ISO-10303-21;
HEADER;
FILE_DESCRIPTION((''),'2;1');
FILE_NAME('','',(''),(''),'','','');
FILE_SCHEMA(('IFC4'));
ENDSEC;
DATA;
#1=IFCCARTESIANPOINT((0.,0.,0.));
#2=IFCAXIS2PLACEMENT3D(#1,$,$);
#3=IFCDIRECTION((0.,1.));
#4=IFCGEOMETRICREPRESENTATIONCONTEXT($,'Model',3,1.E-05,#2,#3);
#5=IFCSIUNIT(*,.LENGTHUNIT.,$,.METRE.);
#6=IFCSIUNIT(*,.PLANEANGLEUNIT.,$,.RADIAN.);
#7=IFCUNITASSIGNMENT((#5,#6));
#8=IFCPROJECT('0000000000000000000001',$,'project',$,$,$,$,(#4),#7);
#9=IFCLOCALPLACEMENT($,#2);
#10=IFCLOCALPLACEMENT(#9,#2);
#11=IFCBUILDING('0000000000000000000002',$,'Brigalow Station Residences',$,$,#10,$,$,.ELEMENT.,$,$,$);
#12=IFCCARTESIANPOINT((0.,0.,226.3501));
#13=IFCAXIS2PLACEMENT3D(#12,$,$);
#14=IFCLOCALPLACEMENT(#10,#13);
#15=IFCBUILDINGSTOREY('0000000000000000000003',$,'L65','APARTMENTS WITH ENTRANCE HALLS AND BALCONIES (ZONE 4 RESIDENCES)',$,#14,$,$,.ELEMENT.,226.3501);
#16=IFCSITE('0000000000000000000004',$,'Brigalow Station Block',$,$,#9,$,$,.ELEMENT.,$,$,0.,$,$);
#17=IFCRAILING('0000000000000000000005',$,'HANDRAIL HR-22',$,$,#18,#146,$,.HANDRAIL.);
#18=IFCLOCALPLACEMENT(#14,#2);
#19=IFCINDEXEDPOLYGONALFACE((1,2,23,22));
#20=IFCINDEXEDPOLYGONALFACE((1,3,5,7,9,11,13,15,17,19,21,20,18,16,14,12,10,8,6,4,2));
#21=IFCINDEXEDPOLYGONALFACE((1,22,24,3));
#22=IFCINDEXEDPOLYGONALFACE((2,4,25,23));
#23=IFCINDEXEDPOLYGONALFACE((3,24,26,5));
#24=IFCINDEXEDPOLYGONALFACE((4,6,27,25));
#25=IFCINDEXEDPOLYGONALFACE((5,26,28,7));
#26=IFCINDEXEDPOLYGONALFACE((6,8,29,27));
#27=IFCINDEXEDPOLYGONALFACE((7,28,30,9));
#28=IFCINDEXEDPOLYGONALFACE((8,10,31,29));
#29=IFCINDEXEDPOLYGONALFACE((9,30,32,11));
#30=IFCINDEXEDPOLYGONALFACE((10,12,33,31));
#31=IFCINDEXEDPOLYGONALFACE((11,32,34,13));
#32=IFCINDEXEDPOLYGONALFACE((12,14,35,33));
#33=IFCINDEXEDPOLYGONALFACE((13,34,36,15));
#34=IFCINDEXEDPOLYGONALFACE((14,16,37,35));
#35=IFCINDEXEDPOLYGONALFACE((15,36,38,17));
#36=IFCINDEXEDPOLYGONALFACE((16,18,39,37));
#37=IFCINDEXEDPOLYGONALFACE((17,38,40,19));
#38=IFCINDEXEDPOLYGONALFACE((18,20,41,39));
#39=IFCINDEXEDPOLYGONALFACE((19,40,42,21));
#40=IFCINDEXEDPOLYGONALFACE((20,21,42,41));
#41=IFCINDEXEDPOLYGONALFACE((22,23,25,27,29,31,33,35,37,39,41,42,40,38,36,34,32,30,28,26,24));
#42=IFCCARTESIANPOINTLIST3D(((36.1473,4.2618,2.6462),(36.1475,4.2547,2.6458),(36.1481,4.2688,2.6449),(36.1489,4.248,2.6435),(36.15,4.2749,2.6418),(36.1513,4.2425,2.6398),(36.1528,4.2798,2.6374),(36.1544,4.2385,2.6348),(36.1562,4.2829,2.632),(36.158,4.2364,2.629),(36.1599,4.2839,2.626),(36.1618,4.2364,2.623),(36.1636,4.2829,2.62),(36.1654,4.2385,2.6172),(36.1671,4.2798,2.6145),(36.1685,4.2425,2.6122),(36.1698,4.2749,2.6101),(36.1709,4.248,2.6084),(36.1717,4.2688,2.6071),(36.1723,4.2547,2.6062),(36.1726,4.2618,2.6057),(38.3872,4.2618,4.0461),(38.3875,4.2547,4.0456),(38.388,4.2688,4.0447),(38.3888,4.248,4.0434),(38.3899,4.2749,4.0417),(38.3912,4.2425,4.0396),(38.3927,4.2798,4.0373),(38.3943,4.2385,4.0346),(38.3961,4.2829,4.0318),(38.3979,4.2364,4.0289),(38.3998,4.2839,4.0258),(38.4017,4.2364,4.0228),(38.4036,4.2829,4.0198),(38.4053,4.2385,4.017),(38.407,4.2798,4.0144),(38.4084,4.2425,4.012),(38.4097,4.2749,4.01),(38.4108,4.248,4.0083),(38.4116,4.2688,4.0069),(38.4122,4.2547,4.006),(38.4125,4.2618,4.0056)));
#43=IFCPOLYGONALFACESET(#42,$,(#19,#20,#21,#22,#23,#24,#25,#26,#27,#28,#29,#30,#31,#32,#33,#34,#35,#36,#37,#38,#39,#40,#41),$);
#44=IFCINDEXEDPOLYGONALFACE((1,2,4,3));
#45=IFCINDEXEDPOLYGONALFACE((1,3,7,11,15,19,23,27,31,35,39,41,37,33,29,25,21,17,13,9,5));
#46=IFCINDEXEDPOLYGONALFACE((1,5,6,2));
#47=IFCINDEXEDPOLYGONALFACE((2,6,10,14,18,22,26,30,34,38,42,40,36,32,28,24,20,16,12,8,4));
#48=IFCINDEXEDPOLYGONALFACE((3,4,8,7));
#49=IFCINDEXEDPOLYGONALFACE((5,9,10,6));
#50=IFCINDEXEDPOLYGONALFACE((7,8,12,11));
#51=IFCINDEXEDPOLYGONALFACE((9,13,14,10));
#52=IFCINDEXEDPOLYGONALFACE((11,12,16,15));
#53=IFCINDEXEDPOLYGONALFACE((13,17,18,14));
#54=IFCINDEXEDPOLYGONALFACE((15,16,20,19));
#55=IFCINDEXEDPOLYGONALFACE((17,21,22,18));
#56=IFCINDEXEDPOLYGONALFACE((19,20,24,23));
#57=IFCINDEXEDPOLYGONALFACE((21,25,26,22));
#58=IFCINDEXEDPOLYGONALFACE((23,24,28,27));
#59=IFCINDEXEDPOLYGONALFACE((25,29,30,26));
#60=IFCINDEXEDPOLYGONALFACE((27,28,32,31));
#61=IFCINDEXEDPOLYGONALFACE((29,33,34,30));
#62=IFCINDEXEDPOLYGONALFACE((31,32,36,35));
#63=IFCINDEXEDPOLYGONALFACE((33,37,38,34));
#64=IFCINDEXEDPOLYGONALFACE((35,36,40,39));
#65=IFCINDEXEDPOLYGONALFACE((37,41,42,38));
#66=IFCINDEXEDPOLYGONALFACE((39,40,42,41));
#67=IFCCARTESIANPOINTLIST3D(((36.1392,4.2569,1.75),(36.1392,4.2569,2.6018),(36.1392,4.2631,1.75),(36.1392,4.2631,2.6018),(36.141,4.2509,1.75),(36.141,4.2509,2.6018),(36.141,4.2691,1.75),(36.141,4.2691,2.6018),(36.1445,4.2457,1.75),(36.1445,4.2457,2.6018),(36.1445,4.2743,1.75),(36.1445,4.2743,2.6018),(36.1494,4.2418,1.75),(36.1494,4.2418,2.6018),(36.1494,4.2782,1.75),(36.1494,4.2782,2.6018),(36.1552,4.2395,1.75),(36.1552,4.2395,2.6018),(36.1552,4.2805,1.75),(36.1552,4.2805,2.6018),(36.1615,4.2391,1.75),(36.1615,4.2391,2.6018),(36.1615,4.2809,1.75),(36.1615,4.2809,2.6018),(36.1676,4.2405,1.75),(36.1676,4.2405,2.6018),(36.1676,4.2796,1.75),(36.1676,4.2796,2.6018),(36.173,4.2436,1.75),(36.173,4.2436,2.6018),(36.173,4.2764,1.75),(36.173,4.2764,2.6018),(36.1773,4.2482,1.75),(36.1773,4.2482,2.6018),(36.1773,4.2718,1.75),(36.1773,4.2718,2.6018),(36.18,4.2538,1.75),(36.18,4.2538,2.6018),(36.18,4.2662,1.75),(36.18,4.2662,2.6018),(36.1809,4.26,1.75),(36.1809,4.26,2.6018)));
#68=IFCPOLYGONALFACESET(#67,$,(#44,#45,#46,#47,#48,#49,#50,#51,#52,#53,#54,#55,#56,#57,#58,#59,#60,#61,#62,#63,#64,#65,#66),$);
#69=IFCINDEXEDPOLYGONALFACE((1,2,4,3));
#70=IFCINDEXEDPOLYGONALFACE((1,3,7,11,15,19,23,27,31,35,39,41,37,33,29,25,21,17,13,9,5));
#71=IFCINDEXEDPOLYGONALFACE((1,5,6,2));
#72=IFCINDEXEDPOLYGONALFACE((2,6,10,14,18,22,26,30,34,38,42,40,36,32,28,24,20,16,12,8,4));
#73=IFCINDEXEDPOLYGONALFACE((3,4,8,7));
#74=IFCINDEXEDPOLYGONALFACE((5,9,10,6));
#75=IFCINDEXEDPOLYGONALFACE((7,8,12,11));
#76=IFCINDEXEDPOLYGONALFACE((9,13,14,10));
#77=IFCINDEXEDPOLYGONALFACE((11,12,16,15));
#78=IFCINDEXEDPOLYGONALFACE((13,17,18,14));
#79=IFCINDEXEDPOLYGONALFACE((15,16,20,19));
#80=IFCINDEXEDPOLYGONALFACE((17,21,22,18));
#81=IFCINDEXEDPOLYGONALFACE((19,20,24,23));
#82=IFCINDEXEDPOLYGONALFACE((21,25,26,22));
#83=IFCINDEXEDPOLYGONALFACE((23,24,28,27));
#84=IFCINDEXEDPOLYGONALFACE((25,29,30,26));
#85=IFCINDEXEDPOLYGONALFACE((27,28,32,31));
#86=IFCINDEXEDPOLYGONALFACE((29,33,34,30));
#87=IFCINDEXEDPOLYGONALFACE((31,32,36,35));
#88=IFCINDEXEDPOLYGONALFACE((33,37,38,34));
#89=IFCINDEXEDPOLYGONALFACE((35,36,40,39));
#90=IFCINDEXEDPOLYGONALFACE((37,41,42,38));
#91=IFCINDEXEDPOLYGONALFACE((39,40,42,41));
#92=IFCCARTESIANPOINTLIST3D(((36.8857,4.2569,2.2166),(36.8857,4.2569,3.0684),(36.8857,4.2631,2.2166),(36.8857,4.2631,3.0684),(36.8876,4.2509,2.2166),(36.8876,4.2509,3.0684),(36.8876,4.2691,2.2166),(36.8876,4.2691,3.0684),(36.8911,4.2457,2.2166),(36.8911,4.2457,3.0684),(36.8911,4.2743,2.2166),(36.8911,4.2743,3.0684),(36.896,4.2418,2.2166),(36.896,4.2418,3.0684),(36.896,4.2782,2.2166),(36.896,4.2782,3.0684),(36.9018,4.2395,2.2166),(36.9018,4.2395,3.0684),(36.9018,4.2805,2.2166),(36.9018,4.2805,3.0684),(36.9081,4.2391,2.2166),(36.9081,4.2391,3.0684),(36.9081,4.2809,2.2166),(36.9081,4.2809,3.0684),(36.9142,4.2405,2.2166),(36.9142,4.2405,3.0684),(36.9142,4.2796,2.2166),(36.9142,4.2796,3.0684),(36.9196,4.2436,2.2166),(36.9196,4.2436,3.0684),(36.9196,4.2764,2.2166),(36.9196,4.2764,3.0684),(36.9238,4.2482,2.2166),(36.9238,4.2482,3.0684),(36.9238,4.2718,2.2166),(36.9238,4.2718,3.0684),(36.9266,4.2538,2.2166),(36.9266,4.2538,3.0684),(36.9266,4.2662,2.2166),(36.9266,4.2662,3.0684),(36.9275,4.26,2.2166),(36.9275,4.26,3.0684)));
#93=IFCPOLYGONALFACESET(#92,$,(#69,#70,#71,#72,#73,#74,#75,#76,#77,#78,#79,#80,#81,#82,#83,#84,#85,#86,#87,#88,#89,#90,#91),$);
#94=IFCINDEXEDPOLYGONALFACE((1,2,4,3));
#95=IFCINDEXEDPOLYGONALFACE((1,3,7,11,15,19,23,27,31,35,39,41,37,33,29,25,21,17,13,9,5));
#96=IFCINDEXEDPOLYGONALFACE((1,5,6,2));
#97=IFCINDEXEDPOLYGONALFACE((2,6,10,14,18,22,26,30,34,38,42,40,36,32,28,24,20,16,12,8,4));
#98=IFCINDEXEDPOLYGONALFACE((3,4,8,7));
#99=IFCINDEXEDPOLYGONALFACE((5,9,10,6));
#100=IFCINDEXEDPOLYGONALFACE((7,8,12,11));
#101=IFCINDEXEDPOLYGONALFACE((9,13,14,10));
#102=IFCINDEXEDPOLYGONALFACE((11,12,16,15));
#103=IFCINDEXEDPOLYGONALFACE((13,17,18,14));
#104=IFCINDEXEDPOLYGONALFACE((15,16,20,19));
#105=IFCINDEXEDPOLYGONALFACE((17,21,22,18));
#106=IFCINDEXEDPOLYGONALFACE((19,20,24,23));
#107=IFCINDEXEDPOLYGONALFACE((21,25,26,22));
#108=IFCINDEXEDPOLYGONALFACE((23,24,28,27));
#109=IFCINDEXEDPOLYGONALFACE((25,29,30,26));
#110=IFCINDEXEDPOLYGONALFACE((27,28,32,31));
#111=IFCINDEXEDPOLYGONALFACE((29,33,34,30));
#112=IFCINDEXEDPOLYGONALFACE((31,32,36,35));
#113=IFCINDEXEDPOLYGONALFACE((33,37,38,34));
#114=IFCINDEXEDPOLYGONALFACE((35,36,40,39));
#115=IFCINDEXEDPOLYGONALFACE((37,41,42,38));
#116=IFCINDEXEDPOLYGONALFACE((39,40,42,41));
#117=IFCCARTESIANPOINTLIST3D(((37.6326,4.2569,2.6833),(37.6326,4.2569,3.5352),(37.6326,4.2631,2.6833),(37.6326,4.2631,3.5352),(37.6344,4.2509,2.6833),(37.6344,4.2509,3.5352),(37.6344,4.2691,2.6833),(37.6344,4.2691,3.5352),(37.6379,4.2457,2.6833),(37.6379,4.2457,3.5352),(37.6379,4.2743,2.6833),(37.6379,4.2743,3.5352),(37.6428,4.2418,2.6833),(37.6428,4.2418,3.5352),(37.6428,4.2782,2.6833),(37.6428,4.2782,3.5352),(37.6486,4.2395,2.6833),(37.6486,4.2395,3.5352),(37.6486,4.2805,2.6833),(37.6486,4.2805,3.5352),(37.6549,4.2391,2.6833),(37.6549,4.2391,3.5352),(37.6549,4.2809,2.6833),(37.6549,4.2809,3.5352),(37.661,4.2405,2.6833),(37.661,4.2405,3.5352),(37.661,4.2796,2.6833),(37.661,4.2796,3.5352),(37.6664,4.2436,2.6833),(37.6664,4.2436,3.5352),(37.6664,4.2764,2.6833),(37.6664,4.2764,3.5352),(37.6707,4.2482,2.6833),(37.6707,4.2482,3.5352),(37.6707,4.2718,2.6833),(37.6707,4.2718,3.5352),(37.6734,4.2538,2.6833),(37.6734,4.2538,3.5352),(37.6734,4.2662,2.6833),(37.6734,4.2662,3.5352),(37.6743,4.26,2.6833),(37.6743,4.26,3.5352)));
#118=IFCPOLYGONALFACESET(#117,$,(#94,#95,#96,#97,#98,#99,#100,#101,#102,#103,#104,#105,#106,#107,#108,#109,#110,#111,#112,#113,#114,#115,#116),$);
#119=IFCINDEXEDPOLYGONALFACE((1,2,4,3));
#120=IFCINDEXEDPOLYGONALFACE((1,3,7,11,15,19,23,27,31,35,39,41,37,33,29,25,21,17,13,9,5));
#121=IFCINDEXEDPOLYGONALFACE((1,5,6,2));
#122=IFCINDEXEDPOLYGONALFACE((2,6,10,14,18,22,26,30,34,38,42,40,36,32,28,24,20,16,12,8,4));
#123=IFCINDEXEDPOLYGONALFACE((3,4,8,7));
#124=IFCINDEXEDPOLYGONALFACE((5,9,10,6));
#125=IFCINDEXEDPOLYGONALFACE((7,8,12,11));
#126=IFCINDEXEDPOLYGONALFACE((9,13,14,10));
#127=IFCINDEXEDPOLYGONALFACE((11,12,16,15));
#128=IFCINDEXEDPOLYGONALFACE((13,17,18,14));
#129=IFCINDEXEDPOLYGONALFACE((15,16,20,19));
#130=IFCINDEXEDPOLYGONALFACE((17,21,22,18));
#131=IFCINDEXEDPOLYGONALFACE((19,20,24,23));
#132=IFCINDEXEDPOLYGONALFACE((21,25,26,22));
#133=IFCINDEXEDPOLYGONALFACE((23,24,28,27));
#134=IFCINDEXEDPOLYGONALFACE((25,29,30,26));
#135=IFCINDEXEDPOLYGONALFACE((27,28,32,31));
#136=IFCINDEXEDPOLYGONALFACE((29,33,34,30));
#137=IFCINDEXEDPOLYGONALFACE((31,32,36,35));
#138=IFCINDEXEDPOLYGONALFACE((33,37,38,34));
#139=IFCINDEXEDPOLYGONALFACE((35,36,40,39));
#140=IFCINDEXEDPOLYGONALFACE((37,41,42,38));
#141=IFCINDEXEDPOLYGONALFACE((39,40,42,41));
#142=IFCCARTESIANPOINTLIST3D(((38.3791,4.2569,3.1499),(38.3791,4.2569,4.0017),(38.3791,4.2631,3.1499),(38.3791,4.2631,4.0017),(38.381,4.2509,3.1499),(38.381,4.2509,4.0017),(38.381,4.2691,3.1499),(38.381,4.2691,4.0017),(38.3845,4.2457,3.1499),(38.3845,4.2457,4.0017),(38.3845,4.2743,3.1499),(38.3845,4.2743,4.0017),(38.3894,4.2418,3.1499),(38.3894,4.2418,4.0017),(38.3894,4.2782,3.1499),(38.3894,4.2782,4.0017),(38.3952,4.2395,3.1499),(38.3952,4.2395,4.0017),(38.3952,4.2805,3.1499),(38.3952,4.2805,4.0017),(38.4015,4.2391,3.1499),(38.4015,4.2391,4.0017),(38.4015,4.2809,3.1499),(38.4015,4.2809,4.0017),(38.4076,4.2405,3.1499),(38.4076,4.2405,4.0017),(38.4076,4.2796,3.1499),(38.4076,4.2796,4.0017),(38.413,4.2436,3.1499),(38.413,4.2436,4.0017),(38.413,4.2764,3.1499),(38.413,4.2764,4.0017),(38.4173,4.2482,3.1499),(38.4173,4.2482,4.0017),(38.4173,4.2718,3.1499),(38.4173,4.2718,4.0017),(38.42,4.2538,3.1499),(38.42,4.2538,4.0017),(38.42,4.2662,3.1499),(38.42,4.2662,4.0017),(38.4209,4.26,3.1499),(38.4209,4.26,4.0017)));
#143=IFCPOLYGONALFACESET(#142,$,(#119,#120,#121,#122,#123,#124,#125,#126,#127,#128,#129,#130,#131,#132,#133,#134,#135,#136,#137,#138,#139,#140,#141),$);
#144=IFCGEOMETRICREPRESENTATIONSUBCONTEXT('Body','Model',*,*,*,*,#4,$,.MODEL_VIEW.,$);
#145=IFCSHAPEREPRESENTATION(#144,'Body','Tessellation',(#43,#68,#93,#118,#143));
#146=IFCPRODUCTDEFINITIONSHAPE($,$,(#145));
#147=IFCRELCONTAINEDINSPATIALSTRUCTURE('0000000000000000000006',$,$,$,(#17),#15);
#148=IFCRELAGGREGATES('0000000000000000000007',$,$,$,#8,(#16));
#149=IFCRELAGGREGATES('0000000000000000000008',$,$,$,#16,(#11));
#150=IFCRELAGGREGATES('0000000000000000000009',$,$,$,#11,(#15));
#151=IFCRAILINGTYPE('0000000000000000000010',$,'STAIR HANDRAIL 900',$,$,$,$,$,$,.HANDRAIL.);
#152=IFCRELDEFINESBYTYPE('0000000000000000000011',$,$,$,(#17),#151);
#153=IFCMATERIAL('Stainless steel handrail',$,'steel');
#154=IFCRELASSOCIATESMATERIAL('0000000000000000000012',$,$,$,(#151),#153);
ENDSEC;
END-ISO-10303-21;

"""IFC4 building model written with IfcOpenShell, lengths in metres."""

from ifc_helpers import new_model, si_unit, direction, frame, origin, origin_2d, place, context, subcontext, project, spatial, circle, extrude, material, type_object, element, save


model = new_model("IFC4")

# Units and contexts
model_context = context("Model", 3, precision=1e-05, world=origin(), true_north=direction((0.0, 1.0)))
body_context = subcontext(model_context, "Body", "Model", "MODEL_VIEW")
ifc_project = project(units=[si_unit("LENGTHUNIT", "METRE"), si_unit("PLANEANGLEUNIT", "RADIAN")], contexts=[model_context])

# Site, building, storey
site_placement = place(None, origin())
site = spatial("IfcSite", under=ifc_project, at=site_placement, Name="Brigalow Station Block", CompositionType="ELEMENT", RefElevation=0.0)
building_placement = place(site_placement, origin())
building = spatial("IfcBuilding", under=site, at=building_placement, Name="Brigalow Station Residences", CompositionType="ELEMENT")
storey_placement = place(building_placement, frame((0.0, 0.0, 226.3501)))
storey = spatial("IfcBuildingStorey", under=building, at=storey_placement, Name="L65", Description="APARTMENTS WITH ENTRANCE HALLS AND BALCONIES (ZONE 4 RESIDENCES)", CompositionType="ELEMENT", Elevation=226.3501)

# Railing
ifc_material_1 = material(Name="Stainless steel handrail", Category="steel")
railing_type = type_object("IfcRailingType", Name="STAIR HANDRAIL 900", PredefinedType="HANDRAIL", material=ifc_material_1)
railing_placement = place(storey_placement, frame((36.1599, 4.26, 1.75)))
element("IfcRailing", 1, at=railing_placement, inside=storey, type_object=railing_type, Name="HANDRAIL HR-22", PredefinedType="HANDRAIL", context=body_context, shape_type="SweptSolid", body=[
    extrude(circle(Radius=0.0239, at=origin_2d()), frame((0.0, 0.0, 0.876), z_axis=(0.848014, 0.0, 0.529974), x_axis=(0.0, 1.0, 0.0)), (0.0, 0.0, 1.0), 2.6414),
    extrude(circle(Radius=0.021, at=origin_2d()), origin(), (0.0, 0.0, 1.0), 0.8518),
    extrude(circle(Radius=0.021, at=origin_2d()), frame((0.7466, 0.0, 0.4666)), (0.0, 0.0, 1.0), 0.8518),
    extrude(circle(Radius=0.021, at=origin_2d()), frame((1.4934, 0.0, 0.9333)), (0.0, 0.0, 1.0), 0.8518),
    extrude(circle(Radius=0.021, at=origin_2d()), frame((2.24, 0.0, 1.3999)), (0.0, 0.0, 1.0), 0.8518),
])

save(model, "model.ifc")
